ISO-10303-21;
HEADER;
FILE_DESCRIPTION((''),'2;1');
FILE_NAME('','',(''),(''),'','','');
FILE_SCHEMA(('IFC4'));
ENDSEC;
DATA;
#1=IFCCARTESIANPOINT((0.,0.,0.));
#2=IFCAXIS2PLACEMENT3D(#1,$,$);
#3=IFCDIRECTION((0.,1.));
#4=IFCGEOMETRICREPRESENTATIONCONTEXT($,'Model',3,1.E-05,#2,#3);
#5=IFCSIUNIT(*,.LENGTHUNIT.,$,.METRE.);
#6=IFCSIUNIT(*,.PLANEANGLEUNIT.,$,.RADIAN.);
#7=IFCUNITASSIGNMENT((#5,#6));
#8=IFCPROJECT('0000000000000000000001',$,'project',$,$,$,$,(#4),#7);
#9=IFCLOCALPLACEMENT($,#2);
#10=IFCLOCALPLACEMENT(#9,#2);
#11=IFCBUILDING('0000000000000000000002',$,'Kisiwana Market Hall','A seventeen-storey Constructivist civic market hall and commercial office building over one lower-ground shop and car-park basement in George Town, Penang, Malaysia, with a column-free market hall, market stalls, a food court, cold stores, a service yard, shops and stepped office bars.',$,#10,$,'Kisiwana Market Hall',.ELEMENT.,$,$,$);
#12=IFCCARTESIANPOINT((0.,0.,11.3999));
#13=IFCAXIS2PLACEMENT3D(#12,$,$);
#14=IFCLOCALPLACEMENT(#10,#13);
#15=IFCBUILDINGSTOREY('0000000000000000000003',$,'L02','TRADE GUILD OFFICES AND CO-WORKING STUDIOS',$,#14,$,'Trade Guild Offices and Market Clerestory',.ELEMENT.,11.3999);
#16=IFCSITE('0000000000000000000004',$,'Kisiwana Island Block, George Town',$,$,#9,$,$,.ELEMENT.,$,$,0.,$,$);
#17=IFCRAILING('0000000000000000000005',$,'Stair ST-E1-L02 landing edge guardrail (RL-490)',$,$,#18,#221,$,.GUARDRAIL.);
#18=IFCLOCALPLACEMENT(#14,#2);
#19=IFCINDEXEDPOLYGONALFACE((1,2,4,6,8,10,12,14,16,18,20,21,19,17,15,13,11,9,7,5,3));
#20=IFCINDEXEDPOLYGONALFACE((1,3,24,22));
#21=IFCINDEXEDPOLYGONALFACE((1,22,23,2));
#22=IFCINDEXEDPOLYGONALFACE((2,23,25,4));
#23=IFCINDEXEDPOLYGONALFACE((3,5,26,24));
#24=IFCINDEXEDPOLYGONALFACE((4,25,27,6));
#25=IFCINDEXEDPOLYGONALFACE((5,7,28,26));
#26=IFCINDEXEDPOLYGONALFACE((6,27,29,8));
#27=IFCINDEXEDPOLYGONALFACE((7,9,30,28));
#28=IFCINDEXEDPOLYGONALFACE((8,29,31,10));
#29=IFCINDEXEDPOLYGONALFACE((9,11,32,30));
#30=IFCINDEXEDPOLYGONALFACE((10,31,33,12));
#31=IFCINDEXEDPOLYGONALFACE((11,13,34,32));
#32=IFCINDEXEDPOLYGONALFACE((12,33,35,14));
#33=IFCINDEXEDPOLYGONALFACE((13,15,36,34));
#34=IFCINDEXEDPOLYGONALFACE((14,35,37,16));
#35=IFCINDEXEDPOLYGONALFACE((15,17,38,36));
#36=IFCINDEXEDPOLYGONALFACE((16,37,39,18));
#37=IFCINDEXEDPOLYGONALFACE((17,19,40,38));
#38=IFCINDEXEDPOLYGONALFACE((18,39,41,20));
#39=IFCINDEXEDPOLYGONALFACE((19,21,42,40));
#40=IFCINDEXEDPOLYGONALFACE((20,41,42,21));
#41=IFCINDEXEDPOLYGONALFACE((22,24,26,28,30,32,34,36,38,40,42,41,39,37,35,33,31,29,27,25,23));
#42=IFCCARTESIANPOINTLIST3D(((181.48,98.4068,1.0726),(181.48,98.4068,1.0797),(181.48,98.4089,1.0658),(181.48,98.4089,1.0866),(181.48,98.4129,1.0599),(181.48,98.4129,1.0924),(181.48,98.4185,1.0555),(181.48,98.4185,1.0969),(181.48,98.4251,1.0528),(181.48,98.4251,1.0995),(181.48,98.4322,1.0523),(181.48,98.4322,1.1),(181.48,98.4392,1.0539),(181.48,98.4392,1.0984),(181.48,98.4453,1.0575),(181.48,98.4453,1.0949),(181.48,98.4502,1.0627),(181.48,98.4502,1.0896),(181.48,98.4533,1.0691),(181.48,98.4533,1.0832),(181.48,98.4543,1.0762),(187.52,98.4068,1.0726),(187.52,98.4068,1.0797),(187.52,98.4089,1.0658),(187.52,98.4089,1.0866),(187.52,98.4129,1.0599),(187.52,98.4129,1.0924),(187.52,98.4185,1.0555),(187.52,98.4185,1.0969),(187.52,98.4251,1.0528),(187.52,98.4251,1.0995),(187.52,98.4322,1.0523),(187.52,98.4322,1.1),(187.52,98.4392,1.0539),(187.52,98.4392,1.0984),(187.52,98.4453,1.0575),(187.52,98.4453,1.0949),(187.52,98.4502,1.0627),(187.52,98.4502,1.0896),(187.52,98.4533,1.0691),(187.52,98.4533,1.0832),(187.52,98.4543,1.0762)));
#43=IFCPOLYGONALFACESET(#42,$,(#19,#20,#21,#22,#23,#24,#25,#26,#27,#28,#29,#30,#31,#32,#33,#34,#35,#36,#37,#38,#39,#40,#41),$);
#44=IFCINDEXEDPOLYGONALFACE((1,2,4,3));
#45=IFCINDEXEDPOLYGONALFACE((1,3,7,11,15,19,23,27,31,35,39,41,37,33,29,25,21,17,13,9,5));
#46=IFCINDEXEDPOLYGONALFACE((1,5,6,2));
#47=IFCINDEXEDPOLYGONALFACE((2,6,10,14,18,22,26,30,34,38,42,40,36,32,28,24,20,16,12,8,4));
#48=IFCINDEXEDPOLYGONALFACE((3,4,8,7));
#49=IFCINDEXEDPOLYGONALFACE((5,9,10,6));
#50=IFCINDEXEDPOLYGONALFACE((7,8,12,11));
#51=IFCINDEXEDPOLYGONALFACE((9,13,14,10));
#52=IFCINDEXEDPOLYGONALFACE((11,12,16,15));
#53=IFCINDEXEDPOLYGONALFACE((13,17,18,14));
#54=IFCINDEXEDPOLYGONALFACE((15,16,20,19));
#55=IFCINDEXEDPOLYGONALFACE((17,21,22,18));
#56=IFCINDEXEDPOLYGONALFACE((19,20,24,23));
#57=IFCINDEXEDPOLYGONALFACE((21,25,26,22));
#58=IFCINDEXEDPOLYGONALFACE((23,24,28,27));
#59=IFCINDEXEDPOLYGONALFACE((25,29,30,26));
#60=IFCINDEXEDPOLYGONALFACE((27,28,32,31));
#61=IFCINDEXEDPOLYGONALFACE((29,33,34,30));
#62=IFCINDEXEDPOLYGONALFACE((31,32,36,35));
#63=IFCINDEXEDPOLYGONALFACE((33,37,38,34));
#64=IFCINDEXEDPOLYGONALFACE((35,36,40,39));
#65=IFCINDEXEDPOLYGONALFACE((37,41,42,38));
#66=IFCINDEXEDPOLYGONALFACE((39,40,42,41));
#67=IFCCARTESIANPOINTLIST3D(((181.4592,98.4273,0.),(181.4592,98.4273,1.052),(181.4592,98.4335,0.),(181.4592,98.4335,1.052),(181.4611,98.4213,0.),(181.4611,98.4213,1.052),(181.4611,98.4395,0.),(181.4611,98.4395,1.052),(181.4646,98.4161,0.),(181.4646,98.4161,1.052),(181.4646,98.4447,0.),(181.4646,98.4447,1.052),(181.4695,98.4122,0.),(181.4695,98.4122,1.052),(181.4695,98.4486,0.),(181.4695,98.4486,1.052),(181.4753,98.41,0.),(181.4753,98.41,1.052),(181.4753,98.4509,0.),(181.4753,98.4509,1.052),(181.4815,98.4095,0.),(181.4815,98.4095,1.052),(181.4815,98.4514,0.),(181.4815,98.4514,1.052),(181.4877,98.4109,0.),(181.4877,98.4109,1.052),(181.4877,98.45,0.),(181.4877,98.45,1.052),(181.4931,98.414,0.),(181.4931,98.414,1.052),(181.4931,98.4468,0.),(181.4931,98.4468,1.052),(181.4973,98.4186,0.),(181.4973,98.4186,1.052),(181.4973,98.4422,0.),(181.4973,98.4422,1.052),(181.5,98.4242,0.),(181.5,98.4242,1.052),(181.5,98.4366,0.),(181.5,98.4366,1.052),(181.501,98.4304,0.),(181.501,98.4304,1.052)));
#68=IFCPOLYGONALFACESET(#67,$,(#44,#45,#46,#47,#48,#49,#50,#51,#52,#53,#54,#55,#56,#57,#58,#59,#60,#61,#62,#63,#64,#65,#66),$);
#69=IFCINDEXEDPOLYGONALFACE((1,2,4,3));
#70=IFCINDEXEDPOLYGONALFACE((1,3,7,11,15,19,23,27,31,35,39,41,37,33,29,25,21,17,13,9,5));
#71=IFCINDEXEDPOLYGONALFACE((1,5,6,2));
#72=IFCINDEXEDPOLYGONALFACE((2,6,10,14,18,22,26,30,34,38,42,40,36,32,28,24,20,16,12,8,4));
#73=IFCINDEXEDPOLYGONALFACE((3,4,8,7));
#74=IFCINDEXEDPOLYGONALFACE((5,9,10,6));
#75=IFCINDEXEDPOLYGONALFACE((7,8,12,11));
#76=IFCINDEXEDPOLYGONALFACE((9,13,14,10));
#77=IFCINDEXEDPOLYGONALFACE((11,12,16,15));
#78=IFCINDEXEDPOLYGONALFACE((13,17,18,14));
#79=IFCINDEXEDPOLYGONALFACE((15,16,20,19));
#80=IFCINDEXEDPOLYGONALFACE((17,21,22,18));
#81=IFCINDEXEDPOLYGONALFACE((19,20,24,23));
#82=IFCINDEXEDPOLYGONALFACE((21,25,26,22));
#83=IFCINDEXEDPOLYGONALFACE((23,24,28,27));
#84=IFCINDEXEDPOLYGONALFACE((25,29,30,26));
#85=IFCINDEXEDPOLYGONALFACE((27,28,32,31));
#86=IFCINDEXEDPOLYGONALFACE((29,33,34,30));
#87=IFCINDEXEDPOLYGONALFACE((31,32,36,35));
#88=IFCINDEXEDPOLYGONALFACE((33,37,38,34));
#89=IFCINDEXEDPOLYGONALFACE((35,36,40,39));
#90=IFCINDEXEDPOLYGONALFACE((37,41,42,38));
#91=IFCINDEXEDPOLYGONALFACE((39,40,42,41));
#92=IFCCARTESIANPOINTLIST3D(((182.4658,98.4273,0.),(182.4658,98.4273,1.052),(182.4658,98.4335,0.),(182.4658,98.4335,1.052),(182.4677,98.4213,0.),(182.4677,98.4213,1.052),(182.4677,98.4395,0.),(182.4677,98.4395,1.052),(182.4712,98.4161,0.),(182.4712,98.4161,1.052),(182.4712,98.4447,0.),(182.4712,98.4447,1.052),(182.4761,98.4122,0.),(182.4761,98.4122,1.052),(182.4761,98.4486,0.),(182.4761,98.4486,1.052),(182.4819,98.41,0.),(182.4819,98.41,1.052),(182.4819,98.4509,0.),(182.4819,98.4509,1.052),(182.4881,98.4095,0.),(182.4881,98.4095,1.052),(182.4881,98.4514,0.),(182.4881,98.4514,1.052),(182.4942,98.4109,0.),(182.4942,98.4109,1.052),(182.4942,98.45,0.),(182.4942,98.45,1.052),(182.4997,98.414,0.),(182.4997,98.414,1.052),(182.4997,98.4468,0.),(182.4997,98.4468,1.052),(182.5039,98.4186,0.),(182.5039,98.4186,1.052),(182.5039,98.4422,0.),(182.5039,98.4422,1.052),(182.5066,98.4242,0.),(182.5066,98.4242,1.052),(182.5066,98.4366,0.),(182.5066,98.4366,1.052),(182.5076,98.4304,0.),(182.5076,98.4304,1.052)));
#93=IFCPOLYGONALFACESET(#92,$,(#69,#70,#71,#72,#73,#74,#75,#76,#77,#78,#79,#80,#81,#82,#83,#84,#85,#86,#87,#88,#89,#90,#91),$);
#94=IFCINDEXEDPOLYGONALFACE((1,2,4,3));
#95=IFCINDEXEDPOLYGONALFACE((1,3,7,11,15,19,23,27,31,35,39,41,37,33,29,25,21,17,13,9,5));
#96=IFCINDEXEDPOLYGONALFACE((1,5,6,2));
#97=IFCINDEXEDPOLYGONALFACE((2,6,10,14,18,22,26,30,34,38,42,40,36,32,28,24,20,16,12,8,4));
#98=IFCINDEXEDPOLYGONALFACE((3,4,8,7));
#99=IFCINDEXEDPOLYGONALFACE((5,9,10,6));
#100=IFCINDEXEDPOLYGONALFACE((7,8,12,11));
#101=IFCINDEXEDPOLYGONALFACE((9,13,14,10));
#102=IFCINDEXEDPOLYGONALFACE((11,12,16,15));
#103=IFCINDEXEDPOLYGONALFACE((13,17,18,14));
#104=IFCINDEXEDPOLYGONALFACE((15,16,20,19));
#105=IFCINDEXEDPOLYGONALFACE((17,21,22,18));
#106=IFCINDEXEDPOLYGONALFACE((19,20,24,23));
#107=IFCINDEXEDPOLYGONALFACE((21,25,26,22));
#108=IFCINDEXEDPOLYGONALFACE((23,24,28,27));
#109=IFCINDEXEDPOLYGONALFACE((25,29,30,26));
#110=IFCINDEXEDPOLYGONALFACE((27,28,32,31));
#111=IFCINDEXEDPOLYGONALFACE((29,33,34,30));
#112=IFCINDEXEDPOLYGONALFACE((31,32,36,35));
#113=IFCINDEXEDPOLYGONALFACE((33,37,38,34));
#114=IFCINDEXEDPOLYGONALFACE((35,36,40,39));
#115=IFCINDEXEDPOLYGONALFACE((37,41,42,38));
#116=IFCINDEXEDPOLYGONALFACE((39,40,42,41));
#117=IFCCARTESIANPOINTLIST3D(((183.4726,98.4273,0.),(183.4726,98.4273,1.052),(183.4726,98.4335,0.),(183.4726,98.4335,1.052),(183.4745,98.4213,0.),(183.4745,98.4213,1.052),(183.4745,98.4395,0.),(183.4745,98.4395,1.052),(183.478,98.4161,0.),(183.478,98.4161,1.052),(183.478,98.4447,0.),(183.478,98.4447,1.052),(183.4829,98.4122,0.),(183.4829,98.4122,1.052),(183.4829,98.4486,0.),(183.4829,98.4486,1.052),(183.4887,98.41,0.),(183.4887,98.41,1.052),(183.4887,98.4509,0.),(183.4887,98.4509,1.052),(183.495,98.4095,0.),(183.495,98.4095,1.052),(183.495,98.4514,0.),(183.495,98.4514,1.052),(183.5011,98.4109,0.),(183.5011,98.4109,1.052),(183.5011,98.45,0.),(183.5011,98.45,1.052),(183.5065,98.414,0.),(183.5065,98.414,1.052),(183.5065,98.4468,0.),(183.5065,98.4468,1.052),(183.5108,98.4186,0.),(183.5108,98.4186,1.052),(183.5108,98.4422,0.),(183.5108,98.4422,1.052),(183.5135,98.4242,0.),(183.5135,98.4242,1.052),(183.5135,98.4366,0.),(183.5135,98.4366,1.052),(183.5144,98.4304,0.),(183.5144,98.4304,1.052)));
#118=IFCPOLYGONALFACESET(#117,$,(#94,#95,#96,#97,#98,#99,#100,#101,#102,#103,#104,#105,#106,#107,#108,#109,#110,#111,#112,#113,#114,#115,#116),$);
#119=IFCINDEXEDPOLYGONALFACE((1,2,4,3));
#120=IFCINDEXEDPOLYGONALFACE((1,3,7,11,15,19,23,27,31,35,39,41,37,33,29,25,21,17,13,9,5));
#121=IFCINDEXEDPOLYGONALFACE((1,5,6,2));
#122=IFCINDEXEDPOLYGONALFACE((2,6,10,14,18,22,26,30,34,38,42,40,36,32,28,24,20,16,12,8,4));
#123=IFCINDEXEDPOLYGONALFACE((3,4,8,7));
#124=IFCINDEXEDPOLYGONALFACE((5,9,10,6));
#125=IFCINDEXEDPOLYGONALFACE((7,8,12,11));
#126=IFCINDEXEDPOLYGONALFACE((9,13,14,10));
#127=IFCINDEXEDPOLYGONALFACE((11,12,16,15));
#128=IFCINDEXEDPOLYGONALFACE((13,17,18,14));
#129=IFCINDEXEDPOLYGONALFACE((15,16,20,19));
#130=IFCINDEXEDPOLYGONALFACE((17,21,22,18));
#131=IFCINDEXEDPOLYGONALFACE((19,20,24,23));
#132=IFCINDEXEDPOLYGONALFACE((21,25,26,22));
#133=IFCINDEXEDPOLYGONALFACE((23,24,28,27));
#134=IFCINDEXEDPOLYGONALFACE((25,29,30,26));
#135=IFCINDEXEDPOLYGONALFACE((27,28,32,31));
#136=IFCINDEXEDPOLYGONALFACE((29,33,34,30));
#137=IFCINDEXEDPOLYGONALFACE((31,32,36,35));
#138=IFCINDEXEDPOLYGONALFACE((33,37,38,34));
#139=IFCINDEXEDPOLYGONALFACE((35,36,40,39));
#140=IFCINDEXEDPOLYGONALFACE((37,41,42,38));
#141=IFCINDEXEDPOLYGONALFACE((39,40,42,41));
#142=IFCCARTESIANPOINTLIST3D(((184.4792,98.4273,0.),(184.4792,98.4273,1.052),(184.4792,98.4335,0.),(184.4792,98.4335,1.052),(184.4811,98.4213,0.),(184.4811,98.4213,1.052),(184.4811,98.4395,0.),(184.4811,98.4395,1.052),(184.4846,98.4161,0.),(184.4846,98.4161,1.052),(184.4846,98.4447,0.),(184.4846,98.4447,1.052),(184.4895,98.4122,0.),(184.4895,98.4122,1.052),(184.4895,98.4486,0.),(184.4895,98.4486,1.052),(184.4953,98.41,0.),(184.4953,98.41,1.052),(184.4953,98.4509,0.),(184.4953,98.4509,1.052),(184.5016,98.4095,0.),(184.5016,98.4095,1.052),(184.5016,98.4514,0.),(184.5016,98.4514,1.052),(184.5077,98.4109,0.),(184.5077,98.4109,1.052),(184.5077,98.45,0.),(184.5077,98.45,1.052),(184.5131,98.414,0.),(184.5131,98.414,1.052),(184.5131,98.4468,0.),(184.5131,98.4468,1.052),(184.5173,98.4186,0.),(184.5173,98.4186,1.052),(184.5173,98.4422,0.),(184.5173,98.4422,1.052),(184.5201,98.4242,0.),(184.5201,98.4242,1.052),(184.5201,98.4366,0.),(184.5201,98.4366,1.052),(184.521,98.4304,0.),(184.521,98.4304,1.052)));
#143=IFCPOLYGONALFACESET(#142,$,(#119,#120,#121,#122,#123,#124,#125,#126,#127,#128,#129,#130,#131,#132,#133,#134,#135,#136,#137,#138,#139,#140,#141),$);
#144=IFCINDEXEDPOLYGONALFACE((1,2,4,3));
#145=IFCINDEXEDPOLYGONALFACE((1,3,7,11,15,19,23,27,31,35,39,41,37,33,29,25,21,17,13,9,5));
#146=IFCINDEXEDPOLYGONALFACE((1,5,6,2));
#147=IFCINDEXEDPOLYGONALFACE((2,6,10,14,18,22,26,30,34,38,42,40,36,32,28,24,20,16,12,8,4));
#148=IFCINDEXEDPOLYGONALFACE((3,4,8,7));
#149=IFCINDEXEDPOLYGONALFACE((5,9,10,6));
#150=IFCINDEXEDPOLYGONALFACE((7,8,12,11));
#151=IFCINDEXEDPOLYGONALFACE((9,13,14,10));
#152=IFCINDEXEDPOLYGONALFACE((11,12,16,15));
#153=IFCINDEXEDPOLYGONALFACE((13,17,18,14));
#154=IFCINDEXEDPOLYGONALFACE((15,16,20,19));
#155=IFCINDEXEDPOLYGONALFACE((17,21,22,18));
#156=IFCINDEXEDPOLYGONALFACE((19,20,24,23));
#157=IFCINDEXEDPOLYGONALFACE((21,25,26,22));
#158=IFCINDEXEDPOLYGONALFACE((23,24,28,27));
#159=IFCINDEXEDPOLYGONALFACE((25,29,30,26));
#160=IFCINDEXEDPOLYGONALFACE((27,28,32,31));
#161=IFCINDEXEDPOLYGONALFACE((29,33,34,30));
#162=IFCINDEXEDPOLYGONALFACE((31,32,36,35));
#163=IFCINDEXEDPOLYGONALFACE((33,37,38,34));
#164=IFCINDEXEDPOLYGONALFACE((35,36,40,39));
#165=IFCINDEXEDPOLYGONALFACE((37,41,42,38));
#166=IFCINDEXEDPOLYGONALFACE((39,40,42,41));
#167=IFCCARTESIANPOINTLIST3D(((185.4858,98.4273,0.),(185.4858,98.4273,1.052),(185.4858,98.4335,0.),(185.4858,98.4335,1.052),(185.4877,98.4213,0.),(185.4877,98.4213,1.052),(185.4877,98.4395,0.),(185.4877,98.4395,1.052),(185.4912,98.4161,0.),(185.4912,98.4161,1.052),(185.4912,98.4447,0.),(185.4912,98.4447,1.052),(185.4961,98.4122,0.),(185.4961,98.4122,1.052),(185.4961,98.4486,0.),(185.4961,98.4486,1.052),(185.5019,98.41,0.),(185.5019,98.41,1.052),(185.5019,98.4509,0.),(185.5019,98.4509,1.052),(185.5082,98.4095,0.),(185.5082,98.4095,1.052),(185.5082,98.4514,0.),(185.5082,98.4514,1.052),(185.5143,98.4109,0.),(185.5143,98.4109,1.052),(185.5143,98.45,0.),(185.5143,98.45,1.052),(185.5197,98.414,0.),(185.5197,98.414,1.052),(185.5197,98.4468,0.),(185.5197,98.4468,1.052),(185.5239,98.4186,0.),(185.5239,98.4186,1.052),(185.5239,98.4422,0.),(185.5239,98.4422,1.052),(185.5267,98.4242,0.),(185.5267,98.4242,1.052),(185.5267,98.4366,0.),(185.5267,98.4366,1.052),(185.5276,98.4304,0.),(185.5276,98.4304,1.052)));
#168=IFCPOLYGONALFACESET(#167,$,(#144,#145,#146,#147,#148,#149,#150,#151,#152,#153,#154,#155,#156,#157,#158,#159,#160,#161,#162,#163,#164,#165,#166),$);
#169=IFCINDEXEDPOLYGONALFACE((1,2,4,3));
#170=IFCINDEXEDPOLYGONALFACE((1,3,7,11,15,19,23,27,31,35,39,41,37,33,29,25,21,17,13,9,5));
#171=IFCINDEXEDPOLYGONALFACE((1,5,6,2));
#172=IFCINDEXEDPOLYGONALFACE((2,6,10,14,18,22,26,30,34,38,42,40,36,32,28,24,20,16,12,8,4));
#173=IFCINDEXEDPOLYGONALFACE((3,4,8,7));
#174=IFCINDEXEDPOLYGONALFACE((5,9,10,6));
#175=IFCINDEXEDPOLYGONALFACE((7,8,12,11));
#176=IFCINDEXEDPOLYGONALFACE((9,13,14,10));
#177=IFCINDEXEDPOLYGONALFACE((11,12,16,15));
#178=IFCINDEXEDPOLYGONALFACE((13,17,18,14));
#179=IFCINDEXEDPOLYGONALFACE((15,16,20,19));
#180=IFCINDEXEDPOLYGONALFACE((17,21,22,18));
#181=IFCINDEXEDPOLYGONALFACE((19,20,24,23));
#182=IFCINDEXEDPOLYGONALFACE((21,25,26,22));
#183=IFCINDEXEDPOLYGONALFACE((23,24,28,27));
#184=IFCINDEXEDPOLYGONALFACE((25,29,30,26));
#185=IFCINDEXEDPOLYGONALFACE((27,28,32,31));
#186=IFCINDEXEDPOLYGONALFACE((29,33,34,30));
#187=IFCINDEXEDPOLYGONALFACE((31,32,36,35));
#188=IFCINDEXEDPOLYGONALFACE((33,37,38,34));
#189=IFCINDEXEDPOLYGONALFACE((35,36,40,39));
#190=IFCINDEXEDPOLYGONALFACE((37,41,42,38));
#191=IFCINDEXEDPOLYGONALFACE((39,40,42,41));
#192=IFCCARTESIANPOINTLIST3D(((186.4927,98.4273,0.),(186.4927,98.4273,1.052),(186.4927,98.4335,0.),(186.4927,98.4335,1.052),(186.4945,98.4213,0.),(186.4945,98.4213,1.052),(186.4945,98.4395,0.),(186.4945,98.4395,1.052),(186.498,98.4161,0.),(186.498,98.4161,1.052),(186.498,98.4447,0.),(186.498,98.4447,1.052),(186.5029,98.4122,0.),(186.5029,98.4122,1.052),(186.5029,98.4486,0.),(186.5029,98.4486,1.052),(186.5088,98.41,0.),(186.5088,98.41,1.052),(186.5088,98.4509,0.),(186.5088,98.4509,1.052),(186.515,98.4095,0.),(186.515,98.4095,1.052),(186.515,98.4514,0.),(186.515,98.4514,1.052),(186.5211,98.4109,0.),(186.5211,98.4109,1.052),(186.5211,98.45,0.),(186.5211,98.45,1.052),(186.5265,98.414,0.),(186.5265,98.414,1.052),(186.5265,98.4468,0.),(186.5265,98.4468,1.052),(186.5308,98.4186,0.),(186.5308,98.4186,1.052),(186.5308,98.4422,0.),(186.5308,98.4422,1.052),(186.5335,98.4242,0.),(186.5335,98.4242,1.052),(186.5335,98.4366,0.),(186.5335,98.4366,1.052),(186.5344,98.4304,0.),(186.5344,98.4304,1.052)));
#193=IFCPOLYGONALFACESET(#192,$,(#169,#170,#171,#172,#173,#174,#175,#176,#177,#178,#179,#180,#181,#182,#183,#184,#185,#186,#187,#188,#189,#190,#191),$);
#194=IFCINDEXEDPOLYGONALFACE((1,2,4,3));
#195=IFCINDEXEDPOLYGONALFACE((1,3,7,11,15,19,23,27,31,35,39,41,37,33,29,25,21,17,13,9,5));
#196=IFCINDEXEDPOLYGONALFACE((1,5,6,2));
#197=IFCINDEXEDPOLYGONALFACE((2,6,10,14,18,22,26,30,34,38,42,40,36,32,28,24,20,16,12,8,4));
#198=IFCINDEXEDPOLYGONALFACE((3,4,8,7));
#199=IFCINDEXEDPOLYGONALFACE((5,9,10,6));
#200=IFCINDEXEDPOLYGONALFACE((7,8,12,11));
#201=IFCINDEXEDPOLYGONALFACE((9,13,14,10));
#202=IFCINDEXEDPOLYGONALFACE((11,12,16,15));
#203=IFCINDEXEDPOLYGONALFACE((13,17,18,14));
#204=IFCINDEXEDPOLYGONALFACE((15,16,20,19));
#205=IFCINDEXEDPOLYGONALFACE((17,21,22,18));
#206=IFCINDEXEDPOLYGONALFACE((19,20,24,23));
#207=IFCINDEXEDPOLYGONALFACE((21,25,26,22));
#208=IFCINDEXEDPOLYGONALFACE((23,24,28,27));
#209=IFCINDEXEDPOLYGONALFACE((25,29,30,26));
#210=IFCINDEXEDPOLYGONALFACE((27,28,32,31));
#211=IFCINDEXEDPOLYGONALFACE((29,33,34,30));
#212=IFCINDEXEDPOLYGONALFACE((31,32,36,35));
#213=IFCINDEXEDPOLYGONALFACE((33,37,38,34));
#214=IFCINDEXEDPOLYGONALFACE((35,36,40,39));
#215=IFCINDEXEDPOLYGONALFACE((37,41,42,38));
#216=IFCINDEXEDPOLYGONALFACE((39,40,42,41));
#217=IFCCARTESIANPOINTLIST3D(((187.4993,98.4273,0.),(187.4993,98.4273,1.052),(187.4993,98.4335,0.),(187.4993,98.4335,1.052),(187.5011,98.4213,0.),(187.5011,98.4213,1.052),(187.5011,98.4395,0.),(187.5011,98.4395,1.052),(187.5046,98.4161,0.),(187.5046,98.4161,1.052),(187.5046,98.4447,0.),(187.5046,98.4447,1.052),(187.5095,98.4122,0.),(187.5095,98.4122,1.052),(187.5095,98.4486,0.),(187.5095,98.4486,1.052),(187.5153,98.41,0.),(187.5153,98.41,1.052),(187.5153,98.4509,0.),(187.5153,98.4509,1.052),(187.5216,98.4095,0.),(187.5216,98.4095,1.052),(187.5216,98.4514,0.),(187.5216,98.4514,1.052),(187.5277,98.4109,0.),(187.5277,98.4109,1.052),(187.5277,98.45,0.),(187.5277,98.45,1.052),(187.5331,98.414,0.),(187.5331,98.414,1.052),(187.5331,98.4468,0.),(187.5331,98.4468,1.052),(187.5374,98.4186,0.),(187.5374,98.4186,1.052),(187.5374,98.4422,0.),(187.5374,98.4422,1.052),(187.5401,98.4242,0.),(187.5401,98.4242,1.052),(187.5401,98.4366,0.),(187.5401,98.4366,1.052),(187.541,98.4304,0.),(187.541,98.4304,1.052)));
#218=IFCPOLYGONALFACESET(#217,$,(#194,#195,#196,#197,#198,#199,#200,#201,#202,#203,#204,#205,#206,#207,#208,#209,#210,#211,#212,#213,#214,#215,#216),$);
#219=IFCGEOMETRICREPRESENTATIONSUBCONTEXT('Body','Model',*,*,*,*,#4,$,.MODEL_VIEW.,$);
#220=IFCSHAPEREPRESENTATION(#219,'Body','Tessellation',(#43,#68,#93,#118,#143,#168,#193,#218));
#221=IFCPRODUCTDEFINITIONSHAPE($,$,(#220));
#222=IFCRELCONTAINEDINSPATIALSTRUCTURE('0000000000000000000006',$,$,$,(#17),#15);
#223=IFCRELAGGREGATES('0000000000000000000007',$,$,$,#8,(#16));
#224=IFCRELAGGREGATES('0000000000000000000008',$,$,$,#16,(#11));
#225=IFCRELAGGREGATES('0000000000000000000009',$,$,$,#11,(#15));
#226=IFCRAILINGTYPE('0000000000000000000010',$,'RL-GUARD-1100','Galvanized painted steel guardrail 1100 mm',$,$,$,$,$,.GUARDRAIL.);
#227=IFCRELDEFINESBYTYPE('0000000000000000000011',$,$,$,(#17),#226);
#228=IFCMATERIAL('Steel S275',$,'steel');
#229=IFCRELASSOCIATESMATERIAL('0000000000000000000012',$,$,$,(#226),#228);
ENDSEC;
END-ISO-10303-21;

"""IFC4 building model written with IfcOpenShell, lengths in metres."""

from ifc_helpers import new_model, si_unit, direction, frame, origin, origin_2d, place, context, subcontext, project, spatial, circle, extrude, material, type_object, element, save


model = new_model("IFC4")

# Units and contexts
model_context = context("Model", 3, precision=1e-05, world=origin(), true_north=direction((0.0, 1.0)))
body_context = subcontext(model_context, "Body", "Model", "MODEL_VIEW")
ifc_project = project(units=[si_unit("LENGTHUNIT", "METRE"), si_unit("PLANEANGLEUNIT", "RADIAN")], contexts=[model_context])

# Site, building, storey
site_placement = place(None, origin())
site = spatial("IfcSite", under=ifc_project, at=site_placement, Name="Kisiwana Island Block, George Town", CompositionType="ELEMENT", RefElevation=0.0)
building_placement = place(site_placement, origin())
building = spatial("IfcBuilding", under=site, at=building_placement, Name="Kisiwana Market Hall", Description="A seventeen-storey Constructivist civic market hall and commercial office building over one lower-ground shop and car-park basement in George Town, Penang, Malaysia, with a column-free market hall, market stalls, a food court, cold stores, a service yard, shops and stepped office bars.", LongName="Kisiwana Market Hall", CompositionType="ELEMENT")
storey_placement = place(building_placement, frame((0.0, 0.0, 11.3999)))
storey = spatial("IfcBuildingStorey", under=building, at=storey_placement, Name="L02", Description="TRADE GUILD OFFICES AND CO-WORKING STUDIOS", LongName="Trade Guild Offices and Market Clerestory", CompositionType="ELEMENT", Elevation=11.3999)

# Railing
ifc_material_1 = material(Name="Steel S275", Category="steel")
railing_type_1 = type_object("IfcRailingType", Name="RL-GUARD-1100", Description="Galvanized painted steel guardrail 1100 mm", PredefinedType="GUARDRAIL", material=ifc_material_1)
railing_1_placement = place(storey_placement, frame((181.48, 98.4304, 0.0)))
element("IfcRailing", 1, at=railing_1_placement, inside=storey, type_object=railing_type_1, Name="Stair ST-E1-L02 landing edge guardrail (RL-490)", PredefinedType="GUARDRAIL", context=body_context, shape_type="SweptSolid", body=[
    extrude(circle(Radius=0.0239, at=origin_2d()), frame((0.0, 0.0, 1.0762), z_axis=(1.0, 0.0, 0.0), x_axis=(0.0, 1.0, 0.0)), (0.0, 0.0, 1.0), 6.04),
    extrude(circle(Radius=0.021, at=origin_2d()), origin(), (0.0, 0.0, 1.0), 1.052),
    extrude(circle(Radius=0.021, at=origin_2d()), frame((1.0066, 0.0, 0.0)), (0.0, 0.0, 1.0), 1.052),
    extrude(circle(Radius=0.021, at=origin_2d()), frame((2.0134, 0.0, 0.0)), (0.0, 0.0, 1.0), 1.052),
    extrude(circle(Radius=0.021, at=origin_2d()), frame((3.02, 0.0, 0.0)), (0.0, 0.0, 1.0), 1.052),
    extrude(circle(Radius=0.021, at=origin_2d()), frame((4.0266, 0.0, 0.0)), (0.0, 0.0, 1.0), 1.052),
    extrude(circle(Radius=0.021, at=origin_2d()), frame((5.0334, 0.0, 0.0)), (0.0, 0.0, 1.0), 1.052),
    extrude(circle(Radius=0.021, at=origin_2d()), frame((6.04, 0.0, 0.0)), (0.0, 0.0, 1.0), 1.052),
])

save(model, "model.ifc")
